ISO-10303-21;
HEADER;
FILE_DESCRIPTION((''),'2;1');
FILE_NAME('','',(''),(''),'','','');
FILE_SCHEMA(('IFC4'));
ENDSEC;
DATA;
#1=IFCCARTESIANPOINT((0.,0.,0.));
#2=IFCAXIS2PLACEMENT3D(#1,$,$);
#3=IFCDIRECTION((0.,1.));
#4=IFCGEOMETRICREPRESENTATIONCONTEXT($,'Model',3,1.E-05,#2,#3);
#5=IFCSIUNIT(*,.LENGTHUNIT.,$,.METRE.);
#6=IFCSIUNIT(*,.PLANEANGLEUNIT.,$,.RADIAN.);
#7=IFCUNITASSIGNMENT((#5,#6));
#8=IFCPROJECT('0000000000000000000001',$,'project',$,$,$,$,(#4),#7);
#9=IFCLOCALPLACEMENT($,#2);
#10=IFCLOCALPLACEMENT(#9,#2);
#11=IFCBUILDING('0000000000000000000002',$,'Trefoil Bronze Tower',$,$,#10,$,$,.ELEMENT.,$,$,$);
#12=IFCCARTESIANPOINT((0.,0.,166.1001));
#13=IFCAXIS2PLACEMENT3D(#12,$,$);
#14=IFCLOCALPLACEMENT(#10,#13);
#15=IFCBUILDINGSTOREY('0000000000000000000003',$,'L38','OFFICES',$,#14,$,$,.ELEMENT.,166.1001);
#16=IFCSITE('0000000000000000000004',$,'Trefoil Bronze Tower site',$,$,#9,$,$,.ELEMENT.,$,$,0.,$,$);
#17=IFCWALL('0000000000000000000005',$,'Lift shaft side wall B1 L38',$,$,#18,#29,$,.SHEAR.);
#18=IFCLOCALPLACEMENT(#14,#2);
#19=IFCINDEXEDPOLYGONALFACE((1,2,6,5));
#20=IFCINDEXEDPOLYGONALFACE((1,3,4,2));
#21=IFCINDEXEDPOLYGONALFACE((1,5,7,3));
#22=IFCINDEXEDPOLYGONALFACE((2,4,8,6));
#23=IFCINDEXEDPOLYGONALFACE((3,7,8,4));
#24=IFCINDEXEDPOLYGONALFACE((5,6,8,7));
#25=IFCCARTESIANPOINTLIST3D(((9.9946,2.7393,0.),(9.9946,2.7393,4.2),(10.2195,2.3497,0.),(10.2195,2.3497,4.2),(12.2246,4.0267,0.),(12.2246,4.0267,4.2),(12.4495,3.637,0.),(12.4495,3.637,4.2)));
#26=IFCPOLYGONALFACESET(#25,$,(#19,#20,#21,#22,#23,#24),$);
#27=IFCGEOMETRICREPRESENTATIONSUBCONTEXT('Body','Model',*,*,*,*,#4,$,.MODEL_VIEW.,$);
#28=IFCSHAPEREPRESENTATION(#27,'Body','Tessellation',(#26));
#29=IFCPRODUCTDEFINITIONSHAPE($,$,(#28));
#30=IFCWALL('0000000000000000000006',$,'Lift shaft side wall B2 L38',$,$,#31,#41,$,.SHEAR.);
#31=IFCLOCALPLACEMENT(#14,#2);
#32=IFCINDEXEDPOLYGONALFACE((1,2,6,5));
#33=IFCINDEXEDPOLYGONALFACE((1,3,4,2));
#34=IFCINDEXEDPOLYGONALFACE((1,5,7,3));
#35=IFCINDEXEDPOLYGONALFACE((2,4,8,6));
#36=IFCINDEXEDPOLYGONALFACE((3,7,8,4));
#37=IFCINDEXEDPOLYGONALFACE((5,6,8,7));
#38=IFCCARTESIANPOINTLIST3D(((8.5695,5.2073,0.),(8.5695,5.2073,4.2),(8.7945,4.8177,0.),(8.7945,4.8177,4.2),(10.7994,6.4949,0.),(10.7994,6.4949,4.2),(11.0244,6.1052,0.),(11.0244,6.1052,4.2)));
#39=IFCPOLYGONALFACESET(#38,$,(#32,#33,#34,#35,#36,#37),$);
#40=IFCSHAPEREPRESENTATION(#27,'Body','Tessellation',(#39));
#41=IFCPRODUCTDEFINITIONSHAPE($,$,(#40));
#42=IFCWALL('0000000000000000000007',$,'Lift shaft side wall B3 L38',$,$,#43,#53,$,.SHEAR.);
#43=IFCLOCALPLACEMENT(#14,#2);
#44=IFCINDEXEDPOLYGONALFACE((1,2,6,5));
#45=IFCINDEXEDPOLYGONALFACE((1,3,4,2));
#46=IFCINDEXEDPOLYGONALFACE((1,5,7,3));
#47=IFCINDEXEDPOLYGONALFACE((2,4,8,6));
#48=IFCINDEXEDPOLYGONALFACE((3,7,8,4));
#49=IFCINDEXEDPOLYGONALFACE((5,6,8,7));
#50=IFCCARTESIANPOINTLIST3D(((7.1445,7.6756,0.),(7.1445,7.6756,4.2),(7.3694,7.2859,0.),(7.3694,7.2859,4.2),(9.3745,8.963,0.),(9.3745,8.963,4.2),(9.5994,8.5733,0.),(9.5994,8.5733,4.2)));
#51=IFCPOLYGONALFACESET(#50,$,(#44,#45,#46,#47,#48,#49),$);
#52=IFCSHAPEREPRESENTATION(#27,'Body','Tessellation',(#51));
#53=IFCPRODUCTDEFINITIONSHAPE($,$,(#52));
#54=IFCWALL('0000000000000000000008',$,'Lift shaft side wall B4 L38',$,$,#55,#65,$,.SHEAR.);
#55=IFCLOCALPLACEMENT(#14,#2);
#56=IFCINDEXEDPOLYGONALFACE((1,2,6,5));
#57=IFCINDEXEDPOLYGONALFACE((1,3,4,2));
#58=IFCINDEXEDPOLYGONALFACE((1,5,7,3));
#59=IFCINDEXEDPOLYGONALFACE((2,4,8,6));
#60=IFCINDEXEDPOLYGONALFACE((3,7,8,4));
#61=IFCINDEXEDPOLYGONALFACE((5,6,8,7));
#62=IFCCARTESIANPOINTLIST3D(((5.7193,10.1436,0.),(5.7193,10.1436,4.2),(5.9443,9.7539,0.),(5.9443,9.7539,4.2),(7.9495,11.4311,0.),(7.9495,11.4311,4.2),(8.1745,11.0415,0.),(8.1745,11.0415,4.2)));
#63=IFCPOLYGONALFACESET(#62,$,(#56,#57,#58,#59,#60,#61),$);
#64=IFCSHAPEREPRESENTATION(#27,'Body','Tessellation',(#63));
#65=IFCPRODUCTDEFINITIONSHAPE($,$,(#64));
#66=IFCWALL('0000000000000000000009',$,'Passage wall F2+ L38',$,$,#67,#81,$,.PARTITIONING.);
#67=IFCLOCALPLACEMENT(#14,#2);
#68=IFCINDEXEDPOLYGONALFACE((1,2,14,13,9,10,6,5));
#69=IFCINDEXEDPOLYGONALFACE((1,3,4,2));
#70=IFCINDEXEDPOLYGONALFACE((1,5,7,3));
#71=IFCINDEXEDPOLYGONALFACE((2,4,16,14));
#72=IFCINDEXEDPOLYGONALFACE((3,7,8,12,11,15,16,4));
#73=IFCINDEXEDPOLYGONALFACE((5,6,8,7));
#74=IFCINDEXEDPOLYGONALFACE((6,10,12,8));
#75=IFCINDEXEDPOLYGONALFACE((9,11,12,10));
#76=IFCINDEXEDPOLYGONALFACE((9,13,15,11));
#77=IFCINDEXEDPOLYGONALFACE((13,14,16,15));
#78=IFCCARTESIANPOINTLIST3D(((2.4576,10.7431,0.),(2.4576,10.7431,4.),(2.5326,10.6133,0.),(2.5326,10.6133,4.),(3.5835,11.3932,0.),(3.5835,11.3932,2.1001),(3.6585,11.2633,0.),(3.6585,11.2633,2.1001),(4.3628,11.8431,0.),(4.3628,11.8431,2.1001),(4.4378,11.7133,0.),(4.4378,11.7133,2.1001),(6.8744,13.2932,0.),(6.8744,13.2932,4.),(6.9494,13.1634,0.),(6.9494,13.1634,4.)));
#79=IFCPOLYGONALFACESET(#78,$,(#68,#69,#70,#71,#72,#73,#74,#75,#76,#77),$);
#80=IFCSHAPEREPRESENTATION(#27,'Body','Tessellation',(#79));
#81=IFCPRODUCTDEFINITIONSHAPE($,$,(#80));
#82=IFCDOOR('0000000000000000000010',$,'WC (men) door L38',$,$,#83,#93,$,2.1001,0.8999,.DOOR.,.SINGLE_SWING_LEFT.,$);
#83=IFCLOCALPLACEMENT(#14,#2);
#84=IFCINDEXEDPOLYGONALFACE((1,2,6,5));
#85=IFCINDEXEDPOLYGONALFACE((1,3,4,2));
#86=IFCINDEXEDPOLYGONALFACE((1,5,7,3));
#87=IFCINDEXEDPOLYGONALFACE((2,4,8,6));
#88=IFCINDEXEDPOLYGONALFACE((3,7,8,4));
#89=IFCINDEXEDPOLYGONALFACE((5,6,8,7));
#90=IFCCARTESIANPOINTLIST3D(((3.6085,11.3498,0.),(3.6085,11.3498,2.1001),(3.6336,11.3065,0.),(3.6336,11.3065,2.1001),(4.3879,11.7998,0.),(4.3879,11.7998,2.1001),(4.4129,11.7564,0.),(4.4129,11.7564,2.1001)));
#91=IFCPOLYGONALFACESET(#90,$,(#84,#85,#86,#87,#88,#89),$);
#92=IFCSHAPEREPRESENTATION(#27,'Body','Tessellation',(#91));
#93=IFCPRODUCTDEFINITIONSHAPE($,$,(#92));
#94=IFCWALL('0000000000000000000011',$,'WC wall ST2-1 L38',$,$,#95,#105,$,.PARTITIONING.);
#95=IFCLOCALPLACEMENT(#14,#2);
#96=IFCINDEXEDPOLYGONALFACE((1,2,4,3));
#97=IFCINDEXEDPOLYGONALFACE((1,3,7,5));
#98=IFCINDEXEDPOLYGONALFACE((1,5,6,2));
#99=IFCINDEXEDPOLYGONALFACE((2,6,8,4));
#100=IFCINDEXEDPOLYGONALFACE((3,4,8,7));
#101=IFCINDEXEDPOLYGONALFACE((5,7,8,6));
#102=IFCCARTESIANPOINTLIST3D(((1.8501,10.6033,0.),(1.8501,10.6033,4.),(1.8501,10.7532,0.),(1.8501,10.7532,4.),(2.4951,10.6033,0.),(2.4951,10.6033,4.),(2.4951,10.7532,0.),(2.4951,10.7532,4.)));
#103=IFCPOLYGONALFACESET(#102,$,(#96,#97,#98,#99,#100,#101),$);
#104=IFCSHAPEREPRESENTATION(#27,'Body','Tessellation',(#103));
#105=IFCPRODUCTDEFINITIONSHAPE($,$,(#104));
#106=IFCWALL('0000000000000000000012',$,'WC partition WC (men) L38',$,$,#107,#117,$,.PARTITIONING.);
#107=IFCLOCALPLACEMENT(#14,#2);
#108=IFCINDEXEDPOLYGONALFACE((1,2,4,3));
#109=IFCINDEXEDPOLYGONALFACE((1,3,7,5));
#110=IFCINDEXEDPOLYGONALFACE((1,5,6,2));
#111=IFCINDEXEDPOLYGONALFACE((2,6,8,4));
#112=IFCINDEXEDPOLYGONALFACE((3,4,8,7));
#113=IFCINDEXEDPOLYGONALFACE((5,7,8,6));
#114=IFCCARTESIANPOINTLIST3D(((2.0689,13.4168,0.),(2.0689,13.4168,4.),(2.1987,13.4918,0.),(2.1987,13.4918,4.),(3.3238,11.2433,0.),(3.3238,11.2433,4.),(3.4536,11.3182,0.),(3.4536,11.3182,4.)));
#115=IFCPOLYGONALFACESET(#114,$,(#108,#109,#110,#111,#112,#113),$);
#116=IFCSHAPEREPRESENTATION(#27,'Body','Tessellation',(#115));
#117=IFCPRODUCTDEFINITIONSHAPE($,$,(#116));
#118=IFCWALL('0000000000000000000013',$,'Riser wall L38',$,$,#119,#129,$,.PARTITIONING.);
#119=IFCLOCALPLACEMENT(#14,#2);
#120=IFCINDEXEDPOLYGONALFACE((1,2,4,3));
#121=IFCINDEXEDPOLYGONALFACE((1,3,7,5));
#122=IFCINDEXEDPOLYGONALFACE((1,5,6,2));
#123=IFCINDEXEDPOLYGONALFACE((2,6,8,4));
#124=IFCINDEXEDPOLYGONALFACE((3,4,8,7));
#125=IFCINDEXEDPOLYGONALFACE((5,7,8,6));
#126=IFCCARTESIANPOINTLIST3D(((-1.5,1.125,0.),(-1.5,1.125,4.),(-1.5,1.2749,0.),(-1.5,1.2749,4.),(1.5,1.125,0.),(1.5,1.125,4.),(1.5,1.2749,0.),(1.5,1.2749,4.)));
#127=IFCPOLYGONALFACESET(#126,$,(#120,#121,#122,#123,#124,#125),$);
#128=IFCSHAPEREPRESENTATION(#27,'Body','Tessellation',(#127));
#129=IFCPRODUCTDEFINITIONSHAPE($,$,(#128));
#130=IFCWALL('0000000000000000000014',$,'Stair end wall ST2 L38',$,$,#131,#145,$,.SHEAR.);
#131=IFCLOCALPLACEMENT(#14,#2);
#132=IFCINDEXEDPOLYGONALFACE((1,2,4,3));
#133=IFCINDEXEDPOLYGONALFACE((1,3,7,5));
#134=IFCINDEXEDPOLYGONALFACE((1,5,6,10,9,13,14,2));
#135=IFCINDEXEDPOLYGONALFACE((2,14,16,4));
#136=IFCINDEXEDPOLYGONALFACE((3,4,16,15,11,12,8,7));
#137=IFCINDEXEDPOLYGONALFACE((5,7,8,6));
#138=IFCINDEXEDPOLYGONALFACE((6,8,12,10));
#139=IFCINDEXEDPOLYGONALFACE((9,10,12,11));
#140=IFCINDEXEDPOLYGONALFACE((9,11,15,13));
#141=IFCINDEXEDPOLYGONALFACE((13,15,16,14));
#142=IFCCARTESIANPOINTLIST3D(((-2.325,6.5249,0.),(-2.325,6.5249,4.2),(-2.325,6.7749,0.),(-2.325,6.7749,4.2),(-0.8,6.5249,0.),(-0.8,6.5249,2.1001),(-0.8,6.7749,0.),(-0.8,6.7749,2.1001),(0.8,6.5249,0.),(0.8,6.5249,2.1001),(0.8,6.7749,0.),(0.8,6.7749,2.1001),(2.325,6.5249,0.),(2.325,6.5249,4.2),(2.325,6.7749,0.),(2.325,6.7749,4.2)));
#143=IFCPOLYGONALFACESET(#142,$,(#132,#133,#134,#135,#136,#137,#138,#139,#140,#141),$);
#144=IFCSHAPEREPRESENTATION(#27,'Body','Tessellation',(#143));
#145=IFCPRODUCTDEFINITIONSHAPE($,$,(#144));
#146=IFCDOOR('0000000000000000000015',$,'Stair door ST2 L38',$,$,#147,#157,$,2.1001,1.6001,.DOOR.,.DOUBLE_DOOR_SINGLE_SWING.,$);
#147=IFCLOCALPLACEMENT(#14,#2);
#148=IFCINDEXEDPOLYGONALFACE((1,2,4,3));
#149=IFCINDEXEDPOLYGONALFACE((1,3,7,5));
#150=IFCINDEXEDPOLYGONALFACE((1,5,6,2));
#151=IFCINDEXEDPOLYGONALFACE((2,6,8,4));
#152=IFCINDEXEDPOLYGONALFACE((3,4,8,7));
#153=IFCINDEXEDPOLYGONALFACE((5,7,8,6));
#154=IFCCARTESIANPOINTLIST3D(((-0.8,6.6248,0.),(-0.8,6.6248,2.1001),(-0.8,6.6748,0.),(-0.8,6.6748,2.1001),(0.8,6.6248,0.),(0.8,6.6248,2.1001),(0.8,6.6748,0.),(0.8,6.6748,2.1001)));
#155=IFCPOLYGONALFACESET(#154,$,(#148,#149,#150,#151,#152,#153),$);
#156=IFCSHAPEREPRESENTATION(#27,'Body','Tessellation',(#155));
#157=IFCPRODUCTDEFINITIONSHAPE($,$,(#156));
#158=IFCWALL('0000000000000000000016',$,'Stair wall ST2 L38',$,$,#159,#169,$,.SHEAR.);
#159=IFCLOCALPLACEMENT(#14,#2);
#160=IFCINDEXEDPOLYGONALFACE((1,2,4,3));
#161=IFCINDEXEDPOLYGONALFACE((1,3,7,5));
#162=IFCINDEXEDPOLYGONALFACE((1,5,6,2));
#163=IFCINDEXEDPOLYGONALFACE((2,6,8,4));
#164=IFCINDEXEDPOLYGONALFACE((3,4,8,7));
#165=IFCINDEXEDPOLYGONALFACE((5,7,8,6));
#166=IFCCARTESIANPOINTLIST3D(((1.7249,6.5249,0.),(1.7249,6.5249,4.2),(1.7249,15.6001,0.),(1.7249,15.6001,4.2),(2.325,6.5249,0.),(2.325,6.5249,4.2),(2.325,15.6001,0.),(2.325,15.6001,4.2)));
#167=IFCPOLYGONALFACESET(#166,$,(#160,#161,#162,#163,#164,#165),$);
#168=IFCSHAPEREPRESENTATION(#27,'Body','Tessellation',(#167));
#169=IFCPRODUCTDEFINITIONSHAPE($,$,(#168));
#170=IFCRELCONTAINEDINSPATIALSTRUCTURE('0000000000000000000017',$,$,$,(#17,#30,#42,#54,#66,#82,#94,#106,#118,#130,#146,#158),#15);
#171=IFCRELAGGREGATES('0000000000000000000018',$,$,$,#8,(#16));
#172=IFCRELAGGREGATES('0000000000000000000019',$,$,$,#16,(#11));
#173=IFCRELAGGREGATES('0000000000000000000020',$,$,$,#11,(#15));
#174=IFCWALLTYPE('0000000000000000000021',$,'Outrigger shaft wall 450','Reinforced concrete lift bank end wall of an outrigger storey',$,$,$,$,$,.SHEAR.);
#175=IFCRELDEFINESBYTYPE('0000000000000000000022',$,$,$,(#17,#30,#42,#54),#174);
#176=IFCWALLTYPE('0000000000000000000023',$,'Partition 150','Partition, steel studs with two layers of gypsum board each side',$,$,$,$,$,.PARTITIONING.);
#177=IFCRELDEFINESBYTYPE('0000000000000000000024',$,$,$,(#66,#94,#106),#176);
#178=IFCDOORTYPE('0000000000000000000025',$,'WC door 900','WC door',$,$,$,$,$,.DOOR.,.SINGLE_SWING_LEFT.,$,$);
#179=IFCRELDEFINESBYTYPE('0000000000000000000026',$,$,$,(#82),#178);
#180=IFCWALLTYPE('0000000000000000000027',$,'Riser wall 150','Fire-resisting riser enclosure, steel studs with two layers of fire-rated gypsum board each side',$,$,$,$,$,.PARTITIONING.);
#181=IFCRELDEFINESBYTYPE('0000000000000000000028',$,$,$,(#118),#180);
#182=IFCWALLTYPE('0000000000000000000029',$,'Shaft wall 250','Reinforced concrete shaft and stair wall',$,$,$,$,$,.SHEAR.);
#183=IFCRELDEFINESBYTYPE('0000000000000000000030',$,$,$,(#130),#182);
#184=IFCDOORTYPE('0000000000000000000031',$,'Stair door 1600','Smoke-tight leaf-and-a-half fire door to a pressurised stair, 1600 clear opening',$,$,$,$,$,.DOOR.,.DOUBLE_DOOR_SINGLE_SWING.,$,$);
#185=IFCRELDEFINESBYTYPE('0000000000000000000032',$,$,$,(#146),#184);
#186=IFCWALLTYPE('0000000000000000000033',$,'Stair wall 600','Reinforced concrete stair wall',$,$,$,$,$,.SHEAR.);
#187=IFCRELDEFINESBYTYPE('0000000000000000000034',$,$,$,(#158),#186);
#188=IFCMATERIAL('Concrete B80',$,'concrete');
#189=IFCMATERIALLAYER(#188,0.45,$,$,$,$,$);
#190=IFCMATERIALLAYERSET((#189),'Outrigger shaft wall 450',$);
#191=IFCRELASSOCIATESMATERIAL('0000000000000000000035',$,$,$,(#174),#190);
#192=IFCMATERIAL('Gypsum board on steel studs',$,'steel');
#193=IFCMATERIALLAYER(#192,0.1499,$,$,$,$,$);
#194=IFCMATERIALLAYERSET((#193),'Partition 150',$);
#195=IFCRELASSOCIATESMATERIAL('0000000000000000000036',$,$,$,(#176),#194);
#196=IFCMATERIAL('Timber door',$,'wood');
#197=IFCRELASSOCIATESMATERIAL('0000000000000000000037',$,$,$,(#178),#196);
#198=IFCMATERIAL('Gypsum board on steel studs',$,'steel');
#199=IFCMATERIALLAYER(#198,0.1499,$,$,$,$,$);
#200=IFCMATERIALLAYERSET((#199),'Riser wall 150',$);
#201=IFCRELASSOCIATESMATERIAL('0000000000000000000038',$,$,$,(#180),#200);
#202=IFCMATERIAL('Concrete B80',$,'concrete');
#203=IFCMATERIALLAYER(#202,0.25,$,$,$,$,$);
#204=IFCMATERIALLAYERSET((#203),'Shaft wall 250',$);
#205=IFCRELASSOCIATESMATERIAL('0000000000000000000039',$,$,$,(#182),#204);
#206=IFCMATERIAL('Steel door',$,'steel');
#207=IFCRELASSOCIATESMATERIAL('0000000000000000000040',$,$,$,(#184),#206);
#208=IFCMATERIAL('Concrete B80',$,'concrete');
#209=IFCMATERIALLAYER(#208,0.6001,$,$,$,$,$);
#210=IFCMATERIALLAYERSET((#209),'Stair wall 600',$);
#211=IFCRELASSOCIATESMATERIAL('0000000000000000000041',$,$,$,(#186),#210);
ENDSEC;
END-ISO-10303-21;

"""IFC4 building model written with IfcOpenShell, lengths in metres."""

from ifc_helpers import new_model, si_unit, direction, frame, frame_2d, origin, place, context, subcontext, project, spatial, rectangle, extrude, material, layer, layer_set, type_object, element, fill, save


model = new_model("IFC4")

# Units and contexts
model_context = context("Model", 3, precision=1e-05, world=origin(), true_north=direction((0.0, 1.0)))
body_context = subcontext(model_context, "Body", "Model", "MODEL_VIEW")
ifc_project = project(units=[si_unit("LENGTHUNIT", "METRE"), si_unit("PLANEANGLEUNIT", "RADIAN")], contexts=[model_context])

# Site, building, storey
site_placement = place(None, origin())
site = spatial("IfcSite", under=ifc_project, at=site_placement, Name="Trefoil Bronze Tower site", CompositionType="ELEMENT", RefElevation=0.0)
building_placement = place(site_placement, origin())
building = spatial("IfcBuilding", under=site, at=building_placement, Name="Trefoil Bronze Tower", CompositionType="ELEMENT")
storey_placement = place(building_placement, frame((0.0, 0.0, 166.1001)))
storey = spatial("IfcBuildingStorey", under=building, at=storey_placement, Name="L38", Description="OFFICES", CompositionType="ELEMENT", Elevation=166.1001)

# Walls
ifc_material_1 = material(Name="Concrete B80", Category="concrete")
ifc_layer_1 = layer(ifc_material_1, 0.45)
ifc_layer_set_1 = layer_set([ifc_layer_1], Name="Outrigger shaft wall 450")
wall_type_1 = type_object("IfcWallType", Name="Outrigger shaft wall 450", Description="Reinforced concrete lift bank end wall of an outrigger storey", PredefinedType="SHEAR", material=ifc_layer_set_1)
for number, where, z_axis, x_axis, name in (
    (1, (10.1069, 2.5444, 0.0), (0.0, 0.0, 1.0), (0.866047, 0.499963, 0.0), "Lift shaft side wall B1 L38"),
    (2, (8.6819, 5.0125, 0.0), (0.0, 0.0, 1.0), (0.866006, 0.500034, 0.0), "Lift shaft side wall B2 L38"),
    (3, (7.2568, 7.4807, 0.0), (0.0, 0.0, 1.0), (0.866047, 0.499963, 0.0), "Lift shaft side wall B3 L38"),
):
    element("IfcWall", number, at=place(storey_placement, frame(where, z_axis=z_axis, x_axis=x_axis)), inside=storey, type_object=wall_type_1, Name=name, PredefinedType="SHEAR", context=body_context, shape_type="SweptSolid", body=[
        extrude(rectangle(XDim=2.575, YDim=0.45, at=frame_2d((1.2876, 0.0))), origin(), (0.0, 0.0, 1.0), 4.2),
    ])
wall_1_placement = place(storey_placement, frame((5.8318, 9.9487, 0.0), z_axis=(0.0, 0.0, 1.0), x_axis=(0.866029, 0.499993, 0.0)))
element("IfcWall", 4, at=wall_1_placement, inside=storey, type_object=wall_type_1, Name="Lift shaft side wall B4 L38", PredefinedType="SHEAR", context=body_context, shape_type="SweptSolid", body=[
    extrude(rectangle(XDim=2.5752, YDim=0.45, at=frame_2d((1.2876, 0.0))), origin(), (0.0, 0.0, 1.0), 4.2),
])

# Wall, opening, door
ifc_material_2 = material(Name="Gypsum board on steel studs", Category="steel")
ifc_layer_2 = layer(ifc_material_2, 0.1499)
ifc_layer_set_2 = layer_set([ifc_layer_2], Name="Partition 150")
wall_type_2 = type_object("IfcWallType", Name="Partition 150", Description="Partition, steel studs with two layers of gypsum board each side", PredefinedType="PARTITIONING", material=ifc_layer_set_2)
wall_2_placement = place(storey_placement, frame((2.4951, 10.6782, 0.0), z_axis=(0.0, 0.0, 1.0), x_axis=(0.866022, 0.500006, 0.0)))
wall_2 = element("IfcWall", 5, at=wall_2_placement, inside=storey, type_object=wall_type_2, Name="Passage wall F2+ L38", PredefinedType="PARTITIONING", context=body_context, shape_type="SweptSolid", body=[
    extrude(rectangle(XDim=5.1001, YDim=0.1499, at=frame_2d((2.55, 0.0))), origin(), (0.0, 0.0, 1.0), 4.0),
])
opening_1_placement = place(wall_2_placement, frame((1.3, 0.0, 0.0)))
opening_1 = element("IfcOpeningElement", 6, at=opening_1_placement, cuts=wall_2, PredefinedType="OPENING", context=body_context, shape_type="SweptSolid", body=[
    extrude(rectangle(XDim=0.8999, YDim=2.1001, at=frame_2d((0.45, 1.05))), frame((0.0, 0.085, 0.0), z_axis=(0.0, -1.0, 0.0), x_axis=(1.0, 0.0, 0.0)), (0.0, 0.0, 1.0), 0.1699),
])
ifc_material_3 = material(Name="Timber door", Category="wood")
door_type_1 = type_object("IfcDoorType", Name="WC door 900", Description="WC door", OperationType="SINGLE_SWING_LEFT", PredefinedType="DOOR", material=ifc_material_3)
door_1_placement = place(opening_1_placement, origin())
door_1 = element("IfcDoor", 7, at=door_1_placement, inside=storey, type_object=door_type_1, Name="WC (men) door L38", OperationType="SINGLE_SWING_LEFT", OverallHeight=2.1001, OverallWidth=0.8999, PredefinedType="DOOR", context=body_context, shape_type="SweptSolid", body=[
    extrude(rectangle(XDim=0.8999, YDim=2.1001, at=frame_2d((0.45, 1.05))), frame((0.0, 0.0249, 0.0), z_axis=(0.0, -1.0, 0.0), x_axis=(1.0, 0.0, 0.0)), (0.0, 0.0, 1.0), 0.05),
])
fill(opening_1, door_1)

# Walls
wall_3_placement = place(storey_placement, frame((2.4951, 10.6782, 0.0), z_axis=(0.0, 0.0, 1.0), x_axis=(-1.0, 0.0, 0.0)))
element("IfcWall", 8, at=wall_3_placement, inside=storey, type_object=wall_type_2, Name="WC wall ST2-1 L38", PredefinedType="PARTITIONING", context=body_context, shape_type="SweptSolid", body=[
    extrude(rectangle(XDim=0.645, YDim=0.1499, at=frame_2d((0.3225, 0.0))), origin(), (0.0, 0.0, 1.0), 4.0),
])
wall_4_placement = place(storey_placement, frame((3.3887, 11.2808, 0.0), z_axis=(0.0, 0.0, 1.0), x_axis=(-0.499989, 0.866032, 0.0)))
element("IfcWall", 9, at=wall_4_placement, inside=storey, type_object=wall_type_2, Name="WC partition WC (men) L38", PredefinedType="PARTITIONING", context=body_context, shape_type="SweptSolid", body=[
    extrude(rectangle(XDim=2.5098, YDim=0.1499, at=frame_2d((1.2549, 0.0))), origin(), (0.0, 0.0, 1.0), 4.0),
])
ifc_material_4 = material(Name="Gypsum board on steel studs", Category="steel")
ifc_layer_3 = layer(ifc_material_4, 0.1499)
ifc_layer_set_3 = layer_set([ifc_layer_3], Name="Riser wall 150")
wall_type_3 = type_object("IfcWallType", Name="Riser wall 150", Description="Fire-resisting riser enclosure, steel studs with two layers of fire-rated gypsum board each side", PredefinedType="PARTITIONING", material=ifc_layer_set_3)
wall_5_placement = place(storey_placement, frame((1.5, 1.2, 0.0), z_axis=(0.0, 0.0, 1.0), x_axis=(-1.0, 0.0, 0.0)))
element("IfcWall", 10, at=wall_5_placement, inside=storey, type_object=wall_type_3, Name="Riser wall L38", PredefinedType="PARTITIONING", context=body_context, shape_type="SweptSolid", body=[
    extrude(rectangle(XDim=3.0, YDim=0.1499, at=frame_2d((1.5, 0.0))), origin(), (0.0, 0.0, 1.0), 4.0),
])

# Wall, opening, door
ifc_material_5 = material(Name="Concrete B80", Category="concrete")
ifc_layer_4 = layer(ifc_material_5, 0.25)
ifc_layer_set_4 = layer_set([ifc_layer_4], Name="Shaft wall 250")
wall_type_4 = type_object("IfcWallType", Name="Shaft wall 250", Description="Reinforced concrete shaft and stair wall", PredefinedType="SHEAR", material=ifc_layer_set_4)
wall_6_placement = place(storey_placement, frame((2.325, 6.6499, 0.0), z_axis=(0.0, 0.0, 1.0), x_axis=(-1.0, 0.0, 0.0)))
wall_6 = element("IfcWall", 11, at=wall_6_placement, inside=storey, type_object=wall_type_4, Name="Stair end wall ST2 L38", PredefinedType="SHEAR", context=body_context, shape_type="SweptSolid", body=[
    extrude(rectangle(XDim=4.6499, YDim=0.25, at=frame_2d((2.325, 0.0))), origin(), (0.0, 0.0, 1.0), 4.2),
])
opening_2_placement = place(wall_6_placement, frame((1.5249, 0.0, 0.0)))
opening_2 = element("IfcOpeningElement", 12, at=opening_2_placement, cuts=wall_6, PredefinedType="OPENING", context=body_context, shape_type="SweptSolid", body=[
    extrude(rectangle(XDim=1.6001, YDim=2.1001, at=frame_2d((0.8, 1.05))), frame((0.0, 0.135, 0.0), z_axis=(0.0, -1.0, 0.0), x_axis=(1.0, 0.0, 0.0)), (0.0, 0.0, 1.0), 0.27),
])
ifc_material_6 = material(Name="Steel door", Category="steel")
door_type_2 = type_object("IfcDoorType", Name="Stair door 1600", Description="Smoke-tight leaf-and-a-half fire door to a pressurised stair, 1600 clear opening", OperationType="DOUBLE_DOOR_SINGLE_SWING", PredefinedType="DOOR", material=ifc_material_6)
door_2_placement = place(opening_2_placement, frame((1.6001, 0.0, 0.0), z_axis=(0.0, 0.0, 1.0), x_axis=(-1.0, 0.0, 0.0)))
door_2 = element("IfcDoor", 13, at=door_2_placement, inside=storey, type_object=door_type_2, Name="Stair door ST2 L38", OperationType="DOUBLE_DOOR_SINGLE_SWING", OverallHeight=2.1001, OverallWidth=1.6001, PredefinedType="DOOR", context=body_context, shape_type="SweptSolid", body=[
    extrude(rectangle(XDim=1.6001, YDim=2.1001, at=frame_2d((0.8, 1.05))), frame((0.0, 0.0249, 0.0), z_axis=(0.0, -1.0, 0.0), x_axis=(1.0, 0.0, 0.0)), (0.0, 0.0, 1.0), 0.05),
])
fill(opening_2, door_2)

# Wall
ifc_material_7 = material(Name="Concrete B80", Category="concrete")
ifc_layer_5 = layer(ifc_material_7, 0.6001)
ifc_layer_set_5 = layer_set([ifc_layer_5], Name="Stair wall 600")
wall_type_5 = type_object("IfcWallType", Name="Stair wall 600", Description="Reinforced concrete stair wall", PredefinedType="SHEAR", material=ifc_layer_set_5)
wall_7_placement = place(storey_placement, frame((2.0249, 6.5249, 0.0), z_axis=(0.0, 0.0, 1.0), x_axis=(0.0, 1.0, 0.0)))
element("IfcWall", 14, at=wall_7_placement, inside=storey, type_object=wall_type_5, Name="Stair wall ST2 L38", PredefinedType="SHEAR", context=body_context, shape_type="SweptSolid", body=[
    extrude(rectangle(XDim=9.0752, YDim=0.6001, at=frame_2d((4.5376, 0.0))), origin(), (0.0, 0.0, 1.0), 4.2),
])

save(model, "model.ifc")
